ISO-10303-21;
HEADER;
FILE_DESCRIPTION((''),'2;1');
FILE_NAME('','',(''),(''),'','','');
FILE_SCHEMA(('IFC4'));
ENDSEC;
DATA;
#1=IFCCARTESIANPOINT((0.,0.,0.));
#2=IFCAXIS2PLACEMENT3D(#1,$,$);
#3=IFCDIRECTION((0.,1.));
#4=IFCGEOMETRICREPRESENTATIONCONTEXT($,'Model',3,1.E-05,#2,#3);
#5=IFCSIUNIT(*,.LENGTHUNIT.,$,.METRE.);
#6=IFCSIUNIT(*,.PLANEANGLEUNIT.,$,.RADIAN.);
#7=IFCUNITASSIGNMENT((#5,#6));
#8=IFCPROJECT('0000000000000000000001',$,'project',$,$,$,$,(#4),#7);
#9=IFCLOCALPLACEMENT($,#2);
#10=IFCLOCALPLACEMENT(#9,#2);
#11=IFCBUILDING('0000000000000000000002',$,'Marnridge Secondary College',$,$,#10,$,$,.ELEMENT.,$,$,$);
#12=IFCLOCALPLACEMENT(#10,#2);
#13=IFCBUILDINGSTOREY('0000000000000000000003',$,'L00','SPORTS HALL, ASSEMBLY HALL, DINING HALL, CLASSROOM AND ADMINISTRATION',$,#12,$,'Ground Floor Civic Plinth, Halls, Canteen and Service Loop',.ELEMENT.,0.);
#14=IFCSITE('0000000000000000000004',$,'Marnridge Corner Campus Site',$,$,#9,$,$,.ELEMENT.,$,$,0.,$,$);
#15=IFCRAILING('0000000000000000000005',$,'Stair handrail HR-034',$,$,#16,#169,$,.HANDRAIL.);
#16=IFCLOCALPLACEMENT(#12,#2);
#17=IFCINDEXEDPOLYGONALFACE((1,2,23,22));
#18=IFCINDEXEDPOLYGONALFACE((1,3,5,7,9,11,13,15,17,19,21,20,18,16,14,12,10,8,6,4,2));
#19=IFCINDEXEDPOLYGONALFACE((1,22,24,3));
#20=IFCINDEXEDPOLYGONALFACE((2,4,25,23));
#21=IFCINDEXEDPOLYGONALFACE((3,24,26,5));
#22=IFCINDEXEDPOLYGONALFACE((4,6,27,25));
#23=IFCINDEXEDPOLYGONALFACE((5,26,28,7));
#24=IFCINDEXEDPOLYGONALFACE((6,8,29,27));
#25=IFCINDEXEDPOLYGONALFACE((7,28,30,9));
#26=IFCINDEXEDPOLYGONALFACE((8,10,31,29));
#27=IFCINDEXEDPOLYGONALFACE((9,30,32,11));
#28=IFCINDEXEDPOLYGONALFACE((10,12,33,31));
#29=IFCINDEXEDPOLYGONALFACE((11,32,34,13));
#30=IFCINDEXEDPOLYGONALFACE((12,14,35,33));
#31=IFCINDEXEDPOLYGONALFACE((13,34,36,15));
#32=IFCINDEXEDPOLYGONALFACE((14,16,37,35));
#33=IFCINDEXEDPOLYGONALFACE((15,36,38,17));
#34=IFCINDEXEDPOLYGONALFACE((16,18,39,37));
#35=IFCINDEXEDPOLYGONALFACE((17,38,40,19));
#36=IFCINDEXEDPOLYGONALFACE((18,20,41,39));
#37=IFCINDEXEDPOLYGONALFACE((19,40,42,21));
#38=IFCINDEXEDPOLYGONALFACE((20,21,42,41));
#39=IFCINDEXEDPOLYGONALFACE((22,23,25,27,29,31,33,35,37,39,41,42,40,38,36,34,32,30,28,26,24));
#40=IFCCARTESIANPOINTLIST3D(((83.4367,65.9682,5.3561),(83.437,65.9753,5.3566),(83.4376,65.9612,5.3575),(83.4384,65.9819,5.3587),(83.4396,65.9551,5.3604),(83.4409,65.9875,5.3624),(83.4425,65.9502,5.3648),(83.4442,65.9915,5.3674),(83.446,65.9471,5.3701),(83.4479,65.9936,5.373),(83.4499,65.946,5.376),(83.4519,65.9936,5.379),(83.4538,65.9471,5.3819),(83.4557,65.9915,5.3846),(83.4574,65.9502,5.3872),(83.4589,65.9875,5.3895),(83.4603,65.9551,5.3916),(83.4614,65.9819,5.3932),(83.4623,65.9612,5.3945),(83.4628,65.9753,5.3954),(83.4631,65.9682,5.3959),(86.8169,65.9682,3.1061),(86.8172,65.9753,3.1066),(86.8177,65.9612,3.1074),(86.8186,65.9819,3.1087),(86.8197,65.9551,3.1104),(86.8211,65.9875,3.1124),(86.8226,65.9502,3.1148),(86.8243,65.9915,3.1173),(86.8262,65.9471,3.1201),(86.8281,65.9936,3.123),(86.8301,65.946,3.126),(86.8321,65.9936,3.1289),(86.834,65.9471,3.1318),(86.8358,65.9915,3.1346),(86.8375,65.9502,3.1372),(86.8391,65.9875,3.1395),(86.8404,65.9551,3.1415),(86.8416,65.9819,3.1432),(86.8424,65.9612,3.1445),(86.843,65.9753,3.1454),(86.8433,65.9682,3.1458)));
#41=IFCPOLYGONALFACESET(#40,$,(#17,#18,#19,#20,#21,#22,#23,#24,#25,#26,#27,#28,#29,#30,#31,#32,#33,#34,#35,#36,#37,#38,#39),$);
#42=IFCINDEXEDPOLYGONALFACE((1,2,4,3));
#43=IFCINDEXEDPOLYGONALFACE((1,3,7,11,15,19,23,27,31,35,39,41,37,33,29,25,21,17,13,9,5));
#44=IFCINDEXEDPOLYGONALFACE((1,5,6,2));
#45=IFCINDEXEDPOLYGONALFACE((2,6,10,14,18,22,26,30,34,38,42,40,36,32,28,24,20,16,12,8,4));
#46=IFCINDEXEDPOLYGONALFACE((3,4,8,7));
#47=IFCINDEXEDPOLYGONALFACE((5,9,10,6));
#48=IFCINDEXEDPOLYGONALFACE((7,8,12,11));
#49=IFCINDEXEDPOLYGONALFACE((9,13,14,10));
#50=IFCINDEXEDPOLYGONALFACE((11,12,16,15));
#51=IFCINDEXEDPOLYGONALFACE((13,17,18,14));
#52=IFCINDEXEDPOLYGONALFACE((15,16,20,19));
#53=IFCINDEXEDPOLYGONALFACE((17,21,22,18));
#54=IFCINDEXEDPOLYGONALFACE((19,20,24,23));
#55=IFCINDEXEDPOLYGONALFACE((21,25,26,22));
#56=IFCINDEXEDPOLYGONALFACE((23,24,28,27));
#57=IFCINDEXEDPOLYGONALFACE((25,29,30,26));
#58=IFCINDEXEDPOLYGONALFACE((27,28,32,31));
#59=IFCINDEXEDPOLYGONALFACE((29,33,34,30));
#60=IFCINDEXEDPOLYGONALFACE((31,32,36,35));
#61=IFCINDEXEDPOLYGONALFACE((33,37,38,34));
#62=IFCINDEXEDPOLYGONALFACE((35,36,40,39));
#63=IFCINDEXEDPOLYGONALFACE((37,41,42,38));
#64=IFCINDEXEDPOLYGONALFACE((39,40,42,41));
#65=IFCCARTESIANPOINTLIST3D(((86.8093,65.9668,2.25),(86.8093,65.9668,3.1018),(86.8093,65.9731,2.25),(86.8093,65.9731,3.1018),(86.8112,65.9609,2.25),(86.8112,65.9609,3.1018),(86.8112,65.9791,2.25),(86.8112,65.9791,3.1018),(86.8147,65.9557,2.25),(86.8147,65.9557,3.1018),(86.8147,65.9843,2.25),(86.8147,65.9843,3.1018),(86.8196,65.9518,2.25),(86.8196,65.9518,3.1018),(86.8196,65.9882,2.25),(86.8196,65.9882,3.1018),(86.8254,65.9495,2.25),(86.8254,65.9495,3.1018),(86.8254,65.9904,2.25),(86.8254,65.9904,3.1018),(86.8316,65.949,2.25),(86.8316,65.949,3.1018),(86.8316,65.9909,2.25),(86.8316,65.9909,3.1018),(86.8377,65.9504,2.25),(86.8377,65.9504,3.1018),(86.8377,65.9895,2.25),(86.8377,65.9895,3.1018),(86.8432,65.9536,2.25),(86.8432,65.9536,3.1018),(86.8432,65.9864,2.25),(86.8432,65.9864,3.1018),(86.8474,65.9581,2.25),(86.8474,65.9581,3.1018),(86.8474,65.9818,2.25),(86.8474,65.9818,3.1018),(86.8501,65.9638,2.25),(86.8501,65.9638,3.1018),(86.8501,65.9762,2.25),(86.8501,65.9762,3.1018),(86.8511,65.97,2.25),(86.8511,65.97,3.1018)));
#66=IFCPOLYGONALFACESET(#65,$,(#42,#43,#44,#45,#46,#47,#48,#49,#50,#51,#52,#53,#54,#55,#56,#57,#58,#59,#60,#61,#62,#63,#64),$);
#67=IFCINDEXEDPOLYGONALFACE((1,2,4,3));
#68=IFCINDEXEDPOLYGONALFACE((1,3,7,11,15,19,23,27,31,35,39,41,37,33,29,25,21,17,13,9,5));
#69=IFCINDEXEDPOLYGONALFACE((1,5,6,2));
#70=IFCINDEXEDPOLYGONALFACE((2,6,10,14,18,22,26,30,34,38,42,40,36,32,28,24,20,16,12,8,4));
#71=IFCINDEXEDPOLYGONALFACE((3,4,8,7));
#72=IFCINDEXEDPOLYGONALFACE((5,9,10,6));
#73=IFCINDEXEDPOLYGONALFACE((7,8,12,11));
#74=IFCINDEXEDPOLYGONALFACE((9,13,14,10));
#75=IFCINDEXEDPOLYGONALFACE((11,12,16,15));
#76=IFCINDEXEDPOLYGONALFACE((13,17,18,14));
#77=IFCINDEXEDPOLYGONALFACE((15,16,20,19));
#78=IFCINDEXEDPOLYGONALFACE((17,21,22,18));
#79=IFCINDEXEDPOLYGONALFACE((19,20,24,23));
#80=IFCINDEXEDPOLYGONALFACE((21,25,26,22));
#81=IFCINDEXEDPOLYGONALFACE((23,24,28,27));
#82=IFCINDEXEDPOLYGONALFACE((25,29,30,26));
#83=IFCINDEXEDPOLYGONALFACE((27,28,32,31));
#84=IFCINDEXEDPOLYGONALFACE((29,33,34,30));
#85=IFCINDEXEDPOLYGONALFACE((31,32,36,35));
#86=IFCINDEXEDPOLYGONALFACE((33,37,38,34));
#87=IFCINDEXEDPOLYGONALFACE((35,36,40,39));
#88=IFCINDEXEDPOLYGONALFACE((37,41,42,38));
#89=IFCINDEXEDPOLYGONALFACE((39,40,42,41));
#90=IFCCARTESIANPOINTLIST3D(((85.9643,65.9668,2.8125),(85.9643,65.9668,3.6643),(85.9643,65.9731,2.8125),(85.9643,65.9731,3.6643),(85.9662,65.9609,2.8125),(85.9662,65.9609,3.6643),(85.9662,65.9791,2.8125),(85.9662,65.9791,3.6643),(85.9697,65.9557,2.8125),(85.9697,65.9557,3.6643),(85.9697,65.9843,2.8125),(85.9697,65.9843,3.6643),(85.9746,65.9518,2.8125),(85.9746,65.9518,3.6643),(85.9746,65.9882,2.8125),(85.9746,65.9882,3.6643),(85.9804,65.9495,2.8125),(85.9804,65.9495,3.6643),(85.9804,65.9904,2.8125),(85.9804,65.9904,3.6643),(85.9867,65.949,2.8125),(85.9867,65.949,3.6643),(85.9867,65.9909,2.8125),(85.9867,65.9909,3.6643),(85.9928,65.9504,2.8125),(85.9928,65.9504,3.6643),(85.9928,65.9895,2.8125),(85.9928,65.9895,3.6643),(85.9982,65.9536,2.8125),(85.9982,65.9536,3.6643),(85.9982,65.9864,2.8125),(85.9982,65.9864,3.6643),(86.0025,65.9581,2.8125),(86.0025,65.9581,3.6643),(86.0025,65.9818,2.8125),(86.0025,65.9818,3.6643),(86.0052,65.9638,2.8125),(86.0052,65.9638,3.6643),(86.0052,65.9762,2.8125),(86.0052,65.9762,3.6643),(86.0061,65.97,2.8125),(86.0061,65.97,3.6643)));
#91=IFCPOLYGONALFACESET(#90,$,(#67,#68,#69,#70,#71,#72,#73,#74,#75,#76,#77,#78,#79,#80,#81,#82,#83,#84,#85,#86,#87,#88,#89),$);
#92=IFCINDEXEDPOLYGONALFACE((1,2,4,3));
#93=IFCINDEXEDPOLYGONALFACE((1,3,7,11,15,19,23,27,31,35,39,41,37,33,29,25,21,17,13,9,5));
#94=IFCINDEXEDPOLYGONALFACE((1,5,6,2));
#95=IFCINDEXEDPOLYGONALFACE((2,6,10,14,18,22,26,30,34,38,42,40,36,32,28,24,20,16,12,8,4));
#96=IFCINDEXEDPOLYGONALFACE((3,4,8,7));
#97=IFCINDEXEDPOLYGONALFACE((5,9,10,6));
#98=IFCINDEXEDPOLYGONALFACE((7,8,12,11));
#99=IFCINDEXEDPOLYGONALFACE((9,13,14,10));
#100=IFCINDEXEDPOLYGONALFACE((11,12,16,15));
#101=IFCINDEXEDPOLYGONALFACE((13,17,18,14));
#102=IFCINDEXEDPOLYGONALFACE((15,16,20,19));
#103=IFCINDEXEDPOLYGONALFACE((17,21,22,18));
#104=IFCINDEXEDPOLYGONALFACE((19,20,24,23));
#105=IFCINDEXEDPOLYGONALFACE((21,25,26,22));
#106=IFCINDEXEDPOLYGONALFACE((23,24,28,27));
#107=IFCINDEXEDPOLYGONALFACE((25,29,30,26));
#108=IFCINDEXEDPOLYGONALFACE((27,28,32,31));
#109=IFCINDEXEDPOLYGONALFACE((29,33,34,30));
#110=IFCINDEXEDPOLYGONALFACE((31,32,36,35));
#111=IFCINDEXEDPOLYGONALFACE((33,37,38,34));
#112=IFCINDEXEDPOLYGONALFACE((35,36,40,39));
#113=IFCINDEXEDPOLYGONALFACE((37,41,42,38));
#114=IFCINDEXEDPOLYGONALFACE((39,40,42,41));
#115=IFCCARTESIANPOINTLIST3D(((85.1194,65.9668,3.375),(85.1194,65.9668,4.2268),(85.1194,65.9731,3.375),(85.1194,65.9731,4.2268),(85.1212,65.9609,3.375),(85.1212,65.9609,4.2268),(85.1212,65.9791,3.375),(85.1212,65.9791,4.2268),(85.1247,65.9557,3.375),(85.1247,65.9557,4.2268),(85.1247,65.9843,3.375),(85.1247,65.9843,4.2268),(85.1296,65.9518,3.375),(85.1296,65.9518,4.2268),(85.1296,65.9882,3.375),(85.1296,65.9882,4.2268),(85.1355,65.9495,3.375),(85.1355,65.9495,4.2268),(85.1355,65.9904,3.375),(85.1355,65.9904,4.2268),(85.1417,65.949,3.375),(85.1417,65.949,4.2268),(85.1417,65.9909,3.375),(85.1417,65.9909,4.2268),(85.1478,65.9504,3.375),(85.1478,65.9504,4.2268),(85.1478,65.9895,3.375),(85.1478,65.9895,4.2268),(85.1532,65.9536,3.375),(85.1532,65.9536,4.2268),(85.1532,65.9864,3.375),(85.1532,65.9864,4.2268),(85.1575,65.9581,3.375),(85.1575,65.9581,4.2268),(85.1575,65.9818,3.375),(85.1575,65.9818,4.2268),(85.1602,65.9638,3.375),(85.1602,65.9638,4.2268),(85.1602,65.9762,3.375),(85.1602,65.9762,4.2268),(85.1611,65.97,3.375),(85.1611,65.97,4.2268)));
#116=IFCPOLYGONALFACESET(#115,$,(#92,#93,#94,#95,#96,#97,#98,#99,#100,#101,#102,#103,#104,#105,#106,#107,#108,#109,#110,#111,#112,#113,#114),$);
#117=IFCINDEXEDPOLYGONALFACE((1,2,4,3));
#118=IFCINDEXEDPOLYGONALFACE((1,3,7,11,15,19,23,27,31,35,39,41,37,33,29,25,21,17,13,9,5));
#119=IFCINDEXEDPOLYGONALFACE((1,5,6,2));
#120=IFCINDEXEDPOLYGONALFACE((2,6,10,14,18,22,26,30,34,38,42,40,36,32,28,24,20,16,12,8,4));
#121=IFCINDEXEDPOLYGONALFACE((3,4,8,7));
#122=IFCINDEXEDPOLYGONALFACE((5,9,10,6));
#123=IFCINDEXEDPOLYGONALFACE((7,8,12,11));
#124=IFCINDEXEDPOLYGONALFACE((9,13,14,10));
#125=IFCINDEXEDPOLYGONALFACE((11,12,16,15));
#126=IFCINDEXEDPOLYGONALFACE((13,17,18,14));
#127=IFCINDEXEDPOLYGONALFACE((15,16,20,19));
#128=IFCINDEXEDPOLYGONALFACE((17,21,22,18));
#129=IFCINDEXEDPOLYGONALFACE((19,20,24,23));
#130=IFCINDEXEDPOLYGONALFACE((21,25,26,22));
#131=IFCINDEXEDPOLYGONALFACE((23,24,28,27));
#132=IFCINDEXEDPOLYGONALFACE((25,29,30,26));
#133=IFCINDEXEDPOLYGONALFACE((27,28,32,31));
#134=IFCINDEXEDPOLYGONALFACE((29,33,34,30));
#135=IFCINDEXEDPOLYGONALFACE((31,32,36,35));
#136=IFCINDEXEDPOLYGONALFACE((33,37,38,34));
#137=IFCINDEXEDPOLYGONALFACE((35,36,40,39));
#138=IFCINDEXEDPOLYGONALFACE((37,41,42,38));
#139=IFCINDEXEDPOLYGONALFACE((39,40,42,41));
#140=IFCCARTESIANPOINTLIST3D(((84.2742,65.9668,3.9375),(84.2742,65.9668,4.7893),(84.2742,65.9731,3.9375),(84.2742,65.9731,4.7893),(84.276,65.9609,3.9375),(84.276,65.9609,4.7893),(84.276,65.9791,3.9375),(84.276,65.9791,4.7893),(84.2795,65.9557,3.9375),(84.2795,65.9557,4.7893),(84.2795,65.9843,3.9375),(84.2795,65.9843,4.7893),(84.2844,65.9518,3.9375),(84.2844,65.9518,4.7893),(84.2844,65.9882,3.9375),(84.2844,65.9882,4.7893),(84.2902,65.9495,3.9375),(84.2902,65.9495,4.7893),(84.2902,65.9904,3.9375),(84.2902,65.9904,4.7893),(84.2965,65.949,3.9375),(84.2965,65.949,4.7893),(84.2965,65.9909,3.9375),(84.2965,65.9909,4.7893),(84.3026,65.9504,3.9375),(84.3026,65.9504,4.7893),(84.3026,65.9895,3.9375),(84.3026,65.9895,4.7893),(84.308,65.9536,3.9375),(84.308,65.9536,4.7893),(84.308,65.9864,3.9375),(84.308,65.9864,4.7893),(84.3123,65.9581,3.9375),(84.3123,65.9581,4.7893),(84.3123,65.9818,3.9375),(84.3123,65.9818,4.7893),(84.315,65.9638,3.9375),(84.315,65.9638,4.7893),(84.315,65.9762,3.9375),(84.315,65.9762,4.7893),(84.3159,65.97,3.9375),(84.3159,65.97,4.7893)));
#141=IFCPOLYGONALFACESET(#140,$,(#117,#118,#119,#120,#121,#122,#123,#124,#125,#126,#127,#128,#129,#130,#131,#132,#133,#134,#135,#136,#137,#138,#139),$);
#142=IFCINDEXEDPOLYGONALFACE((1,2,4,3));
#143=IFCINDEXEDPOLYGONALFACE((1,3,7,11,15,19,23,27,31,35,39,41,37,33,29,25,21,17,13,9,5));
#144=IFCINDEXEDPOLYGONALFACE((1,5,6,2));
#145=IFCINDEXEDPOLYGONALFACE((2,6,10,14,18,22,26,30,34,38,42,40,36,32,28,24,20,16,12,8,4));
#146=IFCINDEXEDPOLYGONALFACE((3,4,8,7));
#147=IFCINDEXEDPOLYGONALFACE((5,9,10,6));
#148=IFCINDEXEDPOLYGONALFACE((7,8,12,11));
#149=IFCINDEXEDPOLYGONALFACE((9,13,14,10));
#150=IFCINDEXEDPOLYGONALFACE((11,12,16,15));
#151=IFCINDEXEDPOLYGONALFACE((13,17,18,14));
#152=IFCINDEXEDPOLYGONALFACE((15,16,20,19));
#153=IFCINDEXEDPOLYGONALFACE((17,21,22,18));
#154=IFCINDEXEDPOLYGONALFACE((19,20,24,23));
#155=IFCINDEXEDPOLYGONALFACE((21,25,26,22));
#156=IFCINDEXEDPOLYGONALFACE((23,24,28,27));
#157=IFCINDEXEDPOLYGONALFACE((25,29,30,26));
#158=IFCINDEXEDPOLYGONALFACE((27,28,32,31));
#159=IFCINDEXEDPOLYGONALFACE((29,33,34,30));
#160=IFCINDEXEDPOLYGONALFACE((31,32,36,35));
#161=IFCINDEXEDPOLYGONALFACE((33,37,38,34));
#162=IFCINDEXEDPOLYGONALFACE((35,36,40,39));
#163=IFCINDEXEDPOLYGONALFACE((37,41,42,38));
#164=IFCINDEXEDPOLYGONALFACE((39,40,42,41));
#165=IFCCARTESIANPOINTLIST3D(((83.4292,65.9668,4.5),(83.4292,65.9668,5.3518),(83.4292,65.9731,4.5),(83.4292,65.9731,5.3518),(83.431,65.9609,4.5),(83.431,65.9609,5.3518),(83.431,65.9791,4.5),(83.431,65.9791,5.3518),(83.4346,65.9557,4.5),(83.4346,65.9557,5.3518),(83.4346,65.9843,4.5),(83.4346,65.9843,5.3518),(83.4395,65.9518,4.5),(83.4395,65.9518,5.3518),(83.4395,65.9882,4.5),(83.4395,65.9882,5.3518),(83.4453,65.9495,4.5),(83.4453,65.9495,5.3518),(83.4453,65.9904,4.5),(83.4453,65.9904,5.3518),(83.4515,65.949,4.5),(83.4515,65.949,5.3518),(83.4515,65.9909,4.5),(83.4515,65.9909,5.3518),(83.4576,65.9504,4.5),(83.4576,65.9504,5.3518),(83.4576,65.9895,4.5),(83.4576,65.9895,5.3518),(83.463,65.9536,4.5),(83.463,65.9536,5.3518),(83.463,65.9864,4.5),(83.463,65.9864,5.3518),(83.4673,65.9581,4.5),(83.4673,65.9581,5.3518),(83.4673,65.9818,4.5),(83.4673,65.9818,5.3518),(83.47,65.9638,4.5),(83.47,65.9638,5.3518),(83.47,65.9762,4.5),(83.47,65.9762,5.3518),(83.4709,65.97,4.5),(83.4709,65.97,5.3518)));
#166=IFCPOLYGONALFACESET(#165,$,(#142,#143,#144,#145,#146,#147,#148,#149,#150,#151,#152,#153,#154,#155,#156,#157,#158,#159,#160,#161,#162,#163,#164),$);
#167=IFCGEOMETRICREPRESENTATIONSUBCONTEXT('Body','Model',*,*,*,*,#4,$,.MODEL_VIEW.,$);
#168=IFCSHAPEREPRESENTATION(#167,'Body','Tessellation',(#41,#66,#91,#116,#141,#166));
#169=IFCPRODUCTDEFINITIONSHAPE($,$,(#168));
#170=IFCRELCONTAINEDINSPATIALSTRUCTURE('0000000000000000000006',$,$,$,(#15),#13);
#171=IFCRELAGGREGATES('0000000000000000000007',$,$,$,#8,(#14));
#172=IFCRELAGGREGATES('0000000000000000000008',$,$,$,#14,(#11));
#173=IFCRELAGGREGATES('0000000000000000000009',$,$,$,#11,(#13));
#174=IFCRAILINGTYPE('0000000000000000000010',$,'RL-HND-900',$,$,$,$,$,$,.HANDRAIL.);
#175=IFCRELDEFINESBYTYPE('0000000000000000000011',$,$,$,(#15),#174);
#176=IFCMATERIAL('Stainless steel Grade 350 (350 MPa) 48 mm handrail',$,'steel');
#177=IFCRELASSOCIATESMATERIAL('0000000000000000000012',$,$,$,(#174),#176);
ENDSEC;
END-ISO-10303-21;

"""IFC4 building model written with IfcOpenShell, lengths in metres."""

from ifc_helpers import new_model, si_unit, direction, frame, origin, origin_2d, place, context, subcontext, project, spatial, circle, extrude, material, type_object, element, save


model = new_model("IFC4")

# Units and contexts
model_context = context("Model", 3, precision=1e-05, world=origin(), true_north=direction((0.0, 1.0)))
body_context = subcontext(model_context, "Body", "Model", "MODEL_VIEW")
ifc_project = project(units=[si_unit("LENGTHUNIT", "METRE"), si_unit("PLANEANGLEUNIT", "RADIAN")], contexts=[model_context])

# Site, building, storey
site_placement = place(None, origin())
site = spatial("IfcSite", under=ifc_project, at=site_placement, Name="Marnridge Corner Campus Site", CompositionType="ELEMENT", RefElevation=0.0)
building_placement = place(site_placement, origin())
building = spatial("IfcBuilding", under=site, at=building_placement, Name="Marnridge Secondary College", CompositionType="ELEMENT")
storey_placement = place(building_placement, origin())
storey = spatial("IfcBuildingStorey", under=building, at=storey_placement, Name="L00", Description="SPORTS HALL, ASSEMBLY HALL, DINING HALL, CLASSROOM AND ADMINISTRATION", LongName="Ground Floor Civic Plinth, Halls, Canteen and Service Loop", CompositionType="ELEMENT", Elevation=0.0)

# Railing
ifc_material_1 = material(Name="Stainless steel Grade 350 (350 MPa) 48 mm handrail", Category="steel")
railing_type_1 = type_object("IfcRailingType", Name="RL-HND-900", PredefinedType="HANDRAIL", material=ifc_material_1)
for number, where, name in (
    (1, (86.8301, 65.97, 2.25), "Stair handrail HR-034"),
):
    element("IfcRailing", number, at=place(storey_placement, frame(where)), inside=storey, type_object=railing_type_1, Name=name, PredefinedType="HANDRAIL", context=body_context, shape_type="SweptSolid", body=[
        extrude(circle(Radius=0.0239, at=origin_2d()), frame((0.0, 0.0, 0.876), z_axis=(-0.832439, 0.0, 0.554117), x_axis=(0.0, -1.0, 0.0)), (0.0, 0.0, 1.0), 4.0605),
        extrude(circle(Radius=0.021, at=origin_2d()), origin(), (0.0, 0.0, 1.0), 0.8518),
        extrude(circle(Radius=0.021, at=origin_2d()), frame((-0.845, 0.0, 0.5625)), (0.0, 0.0, 1.0), 0.8518),
        extrude(circle(Radius=0.021, at=origin_2d()), frame((-1.6899, 0.0, 1.125)), (0.0, 0.0, 1.0), 0.8518),
        extrude(circle(Radius=0.021, at=origin_2d()), frame((-2.5352, 0.0, 1.6875)), (0.0, 0.0, 1.0), 0.8518),
        extrude(circle(Radius=0.021, at=origin_2d()), frame((-3.3801, 0.0, 2.25)), (0.0, 0.0, 1.0), 0.8518),
    ])

save(model, "model.ifc")
